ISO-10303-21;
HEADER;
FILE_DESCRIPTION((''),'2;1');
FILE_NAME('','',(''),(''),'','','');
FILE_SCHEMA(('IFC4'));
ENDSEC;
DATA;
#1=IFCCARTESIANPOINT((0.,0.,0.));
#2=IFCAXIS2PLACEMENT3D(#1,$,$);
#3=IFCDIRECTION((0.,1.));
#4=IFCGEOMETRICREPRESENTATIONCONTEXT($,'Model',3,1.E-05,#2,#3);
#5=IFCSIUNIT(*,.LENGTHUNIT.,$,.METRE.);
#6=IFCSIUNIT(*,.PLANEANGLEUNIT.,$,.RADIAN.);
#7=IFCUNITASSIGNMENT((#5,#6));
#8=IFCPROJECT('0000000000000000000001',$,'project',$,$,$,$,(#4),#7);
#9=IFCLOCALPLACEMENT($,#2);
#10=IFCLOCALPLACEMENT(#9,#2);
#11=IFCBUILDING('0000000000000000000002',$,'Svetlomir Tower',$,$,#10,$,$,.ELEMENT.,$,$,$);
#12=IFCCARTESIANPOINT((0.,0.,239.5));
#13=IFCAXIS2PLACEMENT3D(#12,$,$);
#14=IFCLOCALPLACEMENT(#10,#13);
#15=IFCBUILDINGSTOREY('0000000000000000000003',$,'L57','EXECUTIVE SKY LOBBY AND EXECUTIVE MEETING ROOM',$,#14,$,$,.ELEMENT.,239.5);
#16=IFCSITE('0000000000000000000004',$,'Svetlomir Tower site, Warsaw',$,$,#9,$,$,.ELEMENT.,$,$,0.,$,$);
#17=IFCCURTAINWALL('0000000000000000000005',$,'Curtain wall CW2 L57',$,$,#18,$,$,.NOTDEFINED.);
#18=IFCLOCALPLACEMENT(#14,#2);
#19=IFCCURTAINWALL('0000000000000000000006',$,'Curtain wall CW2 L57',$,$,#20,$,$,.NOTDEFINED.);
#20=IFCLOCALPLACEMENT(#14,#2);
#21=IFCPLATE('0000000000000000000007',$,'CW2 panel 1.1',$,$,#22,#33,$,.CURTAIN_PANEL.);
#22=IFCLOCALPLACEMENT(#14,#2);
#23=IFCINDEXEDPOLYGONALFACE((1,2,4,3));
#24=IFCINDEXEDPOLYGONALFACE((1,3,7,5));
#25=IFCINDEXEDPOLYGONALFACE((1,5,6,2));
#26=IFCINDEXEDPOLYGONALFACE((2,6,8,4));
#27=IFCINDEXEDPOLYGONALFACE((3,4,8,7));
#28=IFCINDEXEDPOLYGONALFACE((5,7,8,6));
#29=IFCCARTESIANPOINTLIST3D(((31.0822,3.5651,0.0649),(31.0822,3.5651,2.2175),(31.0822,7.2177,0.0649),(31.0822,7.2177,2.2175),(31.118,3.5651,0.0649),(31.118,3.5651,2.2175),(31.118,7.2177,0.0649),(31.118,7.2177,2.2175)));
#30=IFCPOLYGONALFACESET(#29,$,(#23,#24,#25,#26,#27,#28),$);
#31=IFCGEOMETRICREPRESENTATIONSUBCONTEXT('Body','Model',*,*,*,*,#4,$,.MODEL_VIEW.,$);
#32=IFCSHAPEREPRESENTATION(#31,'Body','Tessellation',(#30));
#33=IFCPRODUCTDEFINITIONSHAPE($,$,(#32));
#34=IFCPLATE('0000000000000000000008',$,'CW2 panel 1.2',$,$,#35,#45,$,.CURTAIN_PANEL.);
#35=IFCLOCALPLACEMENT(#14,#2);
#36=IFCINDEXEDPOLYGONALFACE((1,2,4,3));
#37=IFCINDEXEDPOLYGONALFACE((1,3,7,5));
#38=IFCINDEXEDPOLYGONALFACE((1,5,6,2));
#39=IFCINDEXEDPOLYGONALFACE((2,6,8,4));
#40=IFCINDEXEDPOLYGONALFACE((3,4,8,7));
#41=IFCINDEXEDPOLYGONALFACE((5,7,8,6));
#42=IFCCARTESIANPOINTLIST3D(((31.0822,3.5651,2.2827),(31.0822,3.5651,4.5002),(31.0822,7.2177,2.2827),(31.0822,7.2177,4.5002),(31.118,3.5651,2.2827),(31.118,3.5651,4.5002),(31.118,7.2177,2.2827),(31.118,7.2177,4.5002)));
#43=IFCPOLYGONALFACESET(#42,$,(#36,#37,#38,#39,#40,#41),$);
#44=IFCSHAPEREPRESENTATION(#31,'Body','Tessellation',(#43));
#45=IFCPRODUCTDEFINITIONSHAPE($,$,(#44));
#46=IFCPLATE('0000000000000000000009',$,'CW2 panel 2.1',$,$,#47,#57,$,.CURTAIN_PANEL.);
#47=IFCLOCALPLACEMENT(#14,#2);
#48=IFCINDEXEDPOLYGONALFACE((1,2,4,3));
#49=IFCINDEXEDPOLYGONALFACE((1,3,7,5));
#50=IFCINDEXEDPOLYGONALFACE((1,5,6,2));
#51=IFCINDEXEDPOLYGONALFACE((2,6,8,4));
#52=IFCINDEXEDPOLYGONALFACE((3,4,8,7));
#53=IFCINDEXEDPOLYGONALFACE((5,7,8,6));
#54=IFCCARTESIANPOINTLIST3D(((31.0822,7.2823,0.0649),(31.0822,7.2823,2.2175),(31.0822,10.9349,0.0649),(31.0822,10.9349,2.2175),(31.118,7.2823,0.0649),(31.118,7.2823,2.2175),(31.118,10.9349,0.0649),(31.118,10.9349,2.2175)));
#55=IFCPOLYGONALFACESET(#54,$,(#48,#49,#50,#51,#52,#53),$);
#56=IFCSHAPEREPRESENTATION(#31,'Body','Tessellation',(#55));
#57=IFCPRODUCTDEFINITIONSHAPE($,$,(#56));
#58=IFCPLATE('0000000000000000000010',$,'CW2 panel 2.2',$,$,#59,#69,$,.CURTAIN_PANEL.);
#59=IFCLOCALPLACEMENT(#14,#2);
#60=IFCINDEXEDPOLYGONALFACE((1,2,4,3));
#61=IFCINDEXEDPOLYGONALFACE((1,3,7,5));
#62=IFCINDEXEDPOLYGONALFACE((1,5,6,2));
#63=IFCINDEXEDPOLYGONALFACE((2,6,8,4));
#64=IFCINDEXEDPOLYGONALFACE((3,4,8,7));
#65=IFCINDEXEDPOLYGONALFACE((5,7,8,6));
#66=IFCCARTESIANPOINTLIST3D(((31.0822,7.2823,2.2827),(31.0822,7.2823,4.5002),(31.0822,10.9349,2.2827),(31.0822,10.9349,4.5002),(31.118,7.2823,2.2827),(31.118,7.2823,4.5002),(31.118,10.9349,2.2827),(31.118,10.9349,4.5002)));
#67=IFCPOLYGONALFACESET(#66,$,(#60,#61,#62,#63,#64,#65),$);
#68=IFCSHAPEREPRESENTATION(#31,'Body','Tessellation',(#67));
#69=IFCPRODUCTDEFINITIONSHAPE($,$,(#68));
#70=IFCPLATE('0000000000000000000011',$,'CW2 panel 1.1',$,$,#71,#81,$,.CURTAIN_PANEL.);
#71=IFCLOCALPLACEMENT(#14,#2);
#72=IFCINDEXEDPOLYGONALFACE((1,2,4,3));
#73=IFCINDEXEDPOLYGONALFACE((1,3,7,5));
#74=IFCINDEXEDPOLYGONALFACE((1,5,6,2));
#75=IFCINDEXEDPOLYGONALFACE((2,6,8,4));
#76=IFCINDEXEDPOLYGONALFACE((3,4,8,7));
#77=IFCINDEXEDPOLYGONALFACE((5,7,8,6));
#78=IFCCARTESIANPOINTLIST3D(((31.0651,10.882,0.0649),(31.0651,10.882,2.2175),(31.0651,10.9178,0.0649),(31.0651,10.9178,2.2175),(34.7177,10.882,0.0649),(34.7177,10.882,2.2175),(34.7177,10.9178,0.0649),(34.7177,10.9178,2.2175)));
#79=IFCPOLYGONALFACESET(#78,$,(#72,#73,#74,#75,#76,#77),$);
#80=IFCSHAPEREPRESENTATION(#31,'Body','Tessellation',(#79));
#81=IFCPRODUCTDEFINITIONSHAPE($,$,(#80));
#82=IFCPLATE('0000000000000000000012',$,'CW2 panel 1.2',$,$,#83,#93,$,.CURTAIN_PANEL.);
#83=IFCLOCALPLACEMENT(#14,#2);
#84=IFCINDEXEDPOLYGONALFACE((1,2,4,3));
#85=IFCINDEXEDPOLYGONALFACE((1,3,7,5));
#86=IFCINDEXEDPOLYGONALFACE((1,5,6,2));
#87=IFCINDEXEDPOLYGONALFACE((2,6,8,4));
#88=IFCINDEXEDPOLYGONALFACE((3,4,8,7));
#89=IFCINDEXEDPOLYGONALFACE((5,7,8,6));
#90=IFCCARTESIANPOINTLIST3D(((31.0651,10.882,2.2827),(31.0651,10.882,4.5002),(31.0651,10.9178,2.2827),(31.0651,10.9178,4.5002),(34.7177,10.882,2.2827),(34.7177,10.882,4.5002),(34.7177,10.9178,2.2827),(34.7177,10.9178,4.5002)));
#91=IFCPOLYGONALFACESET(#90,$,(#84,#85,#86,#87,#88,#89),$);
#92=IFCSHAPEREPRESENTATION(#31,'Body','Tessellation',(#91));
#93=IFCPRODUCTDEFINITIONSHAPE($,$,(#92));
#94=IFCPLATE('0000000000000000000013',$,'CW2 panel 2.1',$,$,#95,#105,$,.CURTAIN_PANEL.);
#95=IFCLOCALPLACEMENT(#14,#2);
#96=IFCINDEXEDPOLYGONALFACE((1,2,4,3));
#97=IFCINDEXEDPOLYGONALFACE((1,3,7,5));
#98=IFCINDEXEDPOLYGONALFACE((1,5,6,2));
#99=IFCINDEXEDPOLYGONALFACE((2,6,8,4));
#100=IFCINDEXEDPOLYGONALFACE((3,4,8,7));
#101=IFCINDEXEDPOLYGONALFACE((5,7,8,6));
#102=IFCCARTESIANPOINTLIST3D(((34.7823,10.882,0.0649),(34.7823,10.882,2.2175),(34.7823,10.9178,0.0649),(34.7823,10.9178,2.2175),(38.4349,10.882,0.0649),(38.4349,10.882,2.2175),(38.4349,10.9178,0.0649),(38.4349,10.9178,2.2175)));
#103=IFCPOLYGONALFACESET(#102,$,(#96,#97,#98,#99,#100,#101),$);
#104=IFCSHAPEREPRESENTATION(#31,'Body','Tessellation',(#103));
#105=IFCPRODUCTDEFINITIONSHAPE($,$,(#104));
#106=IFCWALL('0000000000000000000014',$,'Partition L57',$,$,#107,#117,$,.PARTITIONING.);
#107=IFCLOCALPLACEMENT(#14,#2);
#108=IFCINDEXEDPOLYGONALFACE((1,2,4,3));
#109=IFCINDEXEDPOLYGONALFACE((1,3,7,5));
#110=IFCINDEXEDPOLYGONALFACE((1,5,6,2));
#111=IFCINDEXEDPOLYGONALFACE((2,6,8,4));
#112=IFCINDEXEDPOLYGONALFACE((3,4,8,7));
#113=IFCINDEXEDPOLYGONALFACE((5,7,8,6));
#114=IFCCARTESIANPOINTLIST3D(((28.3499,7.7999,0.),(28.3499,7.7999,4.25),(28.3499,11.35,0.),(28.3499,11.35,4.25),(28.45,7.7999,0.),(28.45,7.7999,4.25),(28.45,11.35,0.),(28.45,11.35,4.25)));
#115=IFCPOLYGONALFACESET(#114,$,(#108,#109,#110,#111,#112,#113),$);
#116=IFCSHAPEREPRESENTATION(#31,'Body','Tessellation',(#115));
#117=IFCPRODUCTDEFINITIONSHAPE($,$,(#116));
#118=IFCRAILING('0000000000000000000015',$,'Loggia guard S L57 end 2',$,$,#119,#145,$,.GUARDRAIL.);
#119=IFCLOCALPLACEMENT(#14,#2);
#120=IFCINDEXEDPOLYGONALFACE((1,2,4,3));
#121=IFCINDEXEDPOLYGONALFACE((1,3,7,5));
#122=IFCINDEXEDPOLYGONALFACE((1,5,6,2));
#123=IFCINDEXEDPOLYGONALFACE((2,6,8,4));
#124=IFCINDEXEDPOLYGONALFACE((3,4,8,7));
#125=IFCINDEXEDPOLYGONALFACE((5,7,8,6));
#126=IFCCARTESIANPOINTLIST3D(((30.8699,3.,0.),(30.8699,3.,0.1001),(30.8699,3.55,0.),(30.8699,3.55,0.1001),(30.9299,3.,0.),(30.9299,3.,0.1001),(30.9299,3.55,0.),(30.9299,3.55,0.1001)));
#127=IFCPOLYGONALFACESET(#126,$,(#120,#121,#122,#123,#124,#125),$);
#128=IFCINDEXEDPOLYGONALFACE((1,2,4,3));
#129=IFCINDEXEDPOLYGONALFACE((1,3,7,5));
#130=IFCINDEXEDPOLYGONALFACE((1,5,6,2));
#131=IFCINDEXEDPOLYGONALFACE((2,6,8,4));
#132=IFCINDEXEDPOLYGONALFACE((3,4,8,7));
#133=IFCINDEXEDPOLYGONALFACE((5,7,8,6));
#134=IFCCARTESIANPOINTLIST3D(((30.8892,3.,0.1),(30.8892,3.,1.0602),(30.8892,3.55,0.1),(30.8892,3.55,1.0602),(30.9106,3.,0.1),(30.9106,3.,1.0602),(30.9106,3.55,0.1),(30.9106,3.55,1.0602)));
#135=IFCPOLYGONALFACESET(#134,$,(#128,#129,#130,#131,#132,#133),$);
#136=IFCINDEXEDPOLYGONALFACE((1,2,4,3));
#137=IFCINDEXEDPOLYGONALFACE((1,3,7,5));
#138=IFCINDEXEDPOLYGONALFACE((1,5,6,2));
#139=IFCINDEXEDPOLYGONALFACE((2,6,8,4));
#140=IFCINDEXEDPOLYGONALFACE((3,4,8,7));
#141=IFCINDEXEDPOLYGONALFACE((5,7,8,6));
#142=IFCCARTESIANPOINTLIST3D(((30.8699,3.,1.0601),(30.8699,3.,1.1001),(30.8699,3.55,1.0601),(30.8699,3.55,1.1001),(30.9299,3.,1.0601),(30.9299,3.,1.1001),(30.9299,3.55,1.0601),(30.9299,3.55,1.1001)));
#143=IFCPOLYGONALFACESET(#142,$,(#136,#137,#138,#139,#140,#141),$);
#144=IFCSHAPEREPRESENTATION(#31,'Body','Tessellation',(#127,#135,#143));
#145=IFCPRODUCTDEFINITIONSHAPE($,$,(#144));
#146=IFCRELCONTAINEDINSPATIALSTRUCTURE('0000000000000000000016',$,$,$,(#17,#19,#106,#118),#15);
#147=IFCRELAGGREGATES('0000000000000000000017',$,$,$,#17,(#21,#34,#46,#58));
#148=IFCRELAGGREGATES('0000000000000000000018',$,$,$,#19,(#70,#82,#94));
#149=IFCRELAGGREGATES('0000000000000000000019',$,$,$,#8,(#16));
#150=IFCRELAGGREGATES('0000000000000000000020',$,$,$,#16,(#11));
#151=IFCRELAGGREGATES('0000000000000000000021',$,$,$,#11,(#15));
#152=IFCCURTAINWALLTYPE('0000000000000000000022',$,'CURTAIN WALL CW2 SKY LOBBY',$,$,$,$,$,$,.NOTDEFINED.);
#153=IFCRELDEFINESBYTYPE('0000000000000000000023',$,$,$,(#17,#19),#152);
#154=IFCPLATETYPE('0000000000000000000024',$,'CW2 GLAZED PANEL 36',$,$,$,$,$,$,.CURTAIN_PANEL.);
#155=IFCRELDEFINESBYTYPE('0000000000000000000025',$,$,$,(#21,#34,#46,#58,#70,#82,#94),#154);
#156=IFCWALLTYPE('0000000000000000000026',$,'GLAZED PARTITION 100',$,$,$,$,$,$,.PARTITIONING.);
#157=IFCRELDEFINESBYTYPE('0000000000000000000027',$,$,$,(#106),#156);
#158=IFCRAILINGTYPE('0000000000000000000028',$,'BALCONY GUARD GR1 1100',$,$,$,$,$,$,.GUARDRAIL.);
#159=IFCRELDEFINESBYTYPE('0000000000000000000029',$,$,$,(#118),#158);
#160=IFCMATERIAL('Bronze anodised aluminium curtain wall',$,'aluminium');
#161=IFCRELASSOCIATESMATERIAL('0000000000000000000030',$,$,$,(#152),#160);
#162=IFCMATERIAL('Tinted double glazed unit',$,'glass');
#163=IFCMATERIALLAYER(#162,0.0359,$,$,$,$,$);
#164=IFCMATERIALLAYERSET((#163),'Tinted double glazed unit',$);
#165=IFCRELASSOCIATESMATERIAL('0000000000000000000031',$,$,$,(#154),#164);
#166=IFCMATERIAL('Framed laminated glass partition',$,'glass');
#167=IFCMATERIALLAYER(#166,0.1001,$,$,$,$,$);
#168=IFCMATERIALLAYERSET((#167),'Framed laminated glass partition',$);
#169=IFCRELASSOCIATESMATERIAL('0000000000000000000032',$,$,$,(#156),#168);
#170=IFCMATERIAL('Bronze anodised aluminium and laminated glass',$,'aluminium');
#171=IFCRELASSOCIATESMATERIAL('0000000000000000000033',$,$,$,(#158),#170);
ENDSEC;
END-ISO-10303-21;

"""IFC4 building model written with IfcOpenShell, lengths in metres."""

from ifc_helpers import new_model, si_unit, direction, frame, frame_2d, origin, origin_2d, place, context, subcontext, project, spatial, rectangle, extrude, material, layer, layer_set, type_object, element, aggregate, save


model = new_model("IFC4")

# Units and contexts
model_context = context("Model", 3, precision=1e-05, world=origin(), true_north=direction((0.0, 1.0)))
body_context = subcontext(model_context, "Body", "Model", "MODEL_VIEW")
ifc_project = project(units=[si_unit("LENGTHUNIT", "METRE"), si_unit("PLANEANGLEUNIT", "RADIAN")], contexts=[model_context])

# Site, building, storey
site_placement = place(None, origin())
site = spatial("IfcSite", under=ifc_project, at=site_placement, Name="Svetlomir Tower site, Warsaw", CompositionType="ELEMENT", RefElevation=0.0)
building_placement = place(site_placement, origin())
building = spatial("IfcBuilding", under=site, at=building_placement, Name="Svetlomir Tower", CompositionType="ELEMENT")
storey_placement = place(building_placement, frame((0.0, 0.0, 239.5)))
storey = spatial("IfcBuildingStorey", under=building, at=storey_placement, Name="L57", Description="EXECUTIVE SKY LOBBY AND EXECUTIVE MEETING ROOM", CompositionType="ELEMENT", Elevation=239.5)

# Shared definitions
ifc_material_1 = material(Name="Bronze anodised aluminium curtain wall", Category="aluminium")
curtain_wall_type = type_object("IfcCurtainWallType", Name="CURTAIN WALL CW2 SKY LOBBY", PredefinedType="NOTDEFINED", material=ifc_material_1)

# Curtain walls
curtain_wall_1_placement = place(storey_placement, origin())
curtain_wall_1 = element("IfcCurtainWall", 1, at=curtain_wall_1_placement, inside=storey, type_object=curtain_wall_type, Name="Curtain wall CW2 L57", PredefinedType="NOTDEFINED")
curtain_wall_2_placement = place(storey_placement, origin())
curtain_wall_2 = element("IfcCurtainWall", 2, at=curtain_wall_2_placement, inside=storey, type_object=curtain_wall_type, Name="Curtain wall CW2 L57", PredefinedType="NOTDEFINED")

# Plates
ifc_material_2 = material(Name="Tinted double glazed unit", Category="glass")
ifc_layer_1 = layer(ifc_material_2, 0.0359)
ifc_layer_set_1 = layer_set([ifc_layer_1], Name="Tinted double glazed unit")
plate_type = type_object("IfcPlateType", Name="CW2 GLAZED PANEL 36", PredefinedType="CURTAIN_PANEL", material=ifc_layer_set_1)
plate_1_placement = place(storey_placement, frame((31.1001, 5.3914, 0.0649), z_axis=(0.0, 0.0, 1.0), x_axis=(0.0, 1.0, 0.0)))
plate_1 = element("IfcPlate", 3, at=plate_1_placement, type_object=plate_type, Name="CW2 panel 1.1", PredefinedType="CURTAIN_PANEL", context=body_context, shape_type="SweptSolid", body=[
    extrude(rectangle(XDim=3.6526, YDim=0.0359, at=origin_2d()), origin(), (0.0, 0.0, 1.0), 2.1526),
])
plate_2_placement = place(storey_placement, frame((31.1001, 5.3914, 2.2827), z_axis=(0.0, 0.0, 1.0), x_axis=(0.0, 1.0, 0.0)))
plate_2 = element("IfcPlate", 4, at=plate_2_placement, type_object=plate_type, Name="CW2 panel 1.2", PredefinedType="CURTAIN_PANEL", context=body_context, shape_type="SweptSolid", body=[
    extrude(rectangle(XDim=3.6526, YDim=0.0359, at=origin_2d()), origin(), (0.0, 0.0, 1.0), 2.2175),
])
plate_3_placement = place(storey_placement, frame((31.1001, 9.1086, 0.0649), z_axis=(0.0, 0.0, 1.0), x_axis=(0.0, 1.0, 0.0)))
plate_3 = element("IfcPlate", 5, at=plate_3_placement, type_object=plate_type, Name="CW2 panel 2.1", PredefinedType="CURTAIN_PANEL", context=body_context, shape_type="SweptSolid", body=[
    extrude(rectangle(XDim=3.6526, YDim=0.0359, at=origin_2d()), origin(), (0.0, 0.0, 1.0), 2.1526),
])
plate_4_placement = place(storey_placement, frame((31.1001, 9.1086, 2.2827), z_axis=(0.0, 0.0, 1.0), x_axis=(0.0, 1.0, 0.0)))
plate_4 = element("IfcPlate", 6, at=plate_4_placement, type_object=plate_type, Name="CW2 panel 2.2", PredefinedType="CURTAIN_PANEL", context=body_context, shape_type="SweptSolid", body=[
    extrude(rectangle(XDim=3.6526, YDim=0.0359, at=origin_2d()), origin(), (0.0, 0.0, 1.0), 2.2175),
])
aggregate(curtain_wall_1, [plate_1, plate_2, plate_3, plate_4])
plate_5_placement = place(storey_placement, frame((32.8914, 10.8999, 0.0649), z_axis=(0.0, 0.0, 1.0), x_axis=(1.0, 0.0, 0.0)))
plate_5 = element("IfcPlate", 7, at=plate_5_placement, type_object=plate_type, Name="CW2 panel 1.1", PredefinedType="CURTAIN_PANEL", context=body_context, shape_type="SweptSolid", body=[
    extrude(rectangle(XDim=3.6526, YDim=0.0359, at=origin_2d()), origin(), (0.0, 0.0, 1.0), 2.1526),
])
plate_6_placement = place(storey_placement, frame((32.8914, 10.8999, 2.2827), z_axis=(0.0, 0.0, 1.0), x_axis=(1.0, 0.0, 0.0)))
plate_6 = element("IfcPlate", 8, at=plate_6_placement, type_object=plate_type, Name="CW2 panel 1.2", PredefinedType="CURTAIN_PANEL", context=body_context, shape_type="SweptSolid", body=[
    extrude(rectangle(XDim=3.6526, YDim=0.0359, at=origin_2d()), origin(), (0.0, 0.0, 1.0), 2.2175),
])
plate_7_placement = place(storey_placement, frame((36.6086, 10.8999, 0.0649), z_axis=(0.0, 0.0, 1.0), x_axis=(1.0, 0.0, 0.0)))
plate_7 = element("IfcPlate", 9, at=plate_7_placement, type_object=plate_type, Name="CW2 panel 2.1", PredefinedType="CURTAIN_PANEL", context=body_context, shape_type="SweptSolid", body=[
    extrude(rectangle(XDim=3.6526, YDim=0.0359, at=origin_2d()), origin(), (0.0, 0.0, 1.0), 2.1526),
])
aggregate(curtain_wall_2, [plate_5, plate_6, plate_7])

# Wall
ifc_material_3 = material(Name="Framed laminated glass partition", Category="glass")
ifc_layer_2 = layer(ifc_material_3, 0.1001)
ifc_layer_set_2 = layer_set([ifc_layer_2], Name="Framed laminated glass partition")
wall_type = type_object("IfcWallType", Name="GLAZED PARTITION 100", PredefinedType="PARTITIONING", material=ifc_layer_set_2)
wall_placement = place(storey_placement, frame((28.3999, 7.8, 0.0), z_axis=(0.0, 0.0, 1.0), x_axis=(0.0, 1.0, 0.0)))
element("IfcWall", 10, at=wall_placement, inside=storey, type_object=wall_type, Name="Partition L57", PredefinedType="PARTITIONING", context=body_context, shape_type="SweptSolid", body=[
    extrude(rectangle(XDim=3.55, YDim=0.1001, at=frame_2d((1.7749, 0.0))), origin(), (0.0, 0.0, 1.0), 4.25),
])

# Railing
ifc_material_4 = material(Name="Bronze anodised aluminium and laminated glass", Category="aluminium")
railing_type = type_object("IfcRailingType", Name="BALCONY GUARD GR1 1100", PredefinedType="GUARDRAIL", material=ifc_material_4)
railing_placement = place(storey_placement, frame((30.8999, 3.55, 0.0)))
element("IfcRailing", 11, at=railing_placement, inside=storey, type_object=railing_type, Name="Loggia guard S L57 end 2", PredefinedType="GUARDRAIL", context=body_context, shape_type="SweptSolid", body=[
    extrude(rectangle(XDim=0.0601, YDim=0.1001, at=origin_2d()), frame((0.0, 0.0, 0.05), z_axis=(0.0, -1.0, 0.0), x_axis=(1.0, 0.0, 0.0)), (0.0, 0.0, 1.0), 0.55),
    extrude(rectangle(XDim=0.0215, YDim=0.9602, at=origin_2d()), frame((0.0, 0.0, 0.5801), z_axis=(0.0, -1.0, 0.0), x_axis=(1.0, 0.0, 0.0)), (0.0, 0.0, 1.0), 0.55),
    extrude(rectangle(XDim=0.0601, YDim=0.04, at=origin_2d()), frame((0.0, 0.0, 1.0801), z_axis=(0.0, -1.0, 0.0), x_axis=(1.0, 0.0, 0.0)), (0.0, 0.0, 1.0), 0.55),
])

save(model, "model.ifc")
